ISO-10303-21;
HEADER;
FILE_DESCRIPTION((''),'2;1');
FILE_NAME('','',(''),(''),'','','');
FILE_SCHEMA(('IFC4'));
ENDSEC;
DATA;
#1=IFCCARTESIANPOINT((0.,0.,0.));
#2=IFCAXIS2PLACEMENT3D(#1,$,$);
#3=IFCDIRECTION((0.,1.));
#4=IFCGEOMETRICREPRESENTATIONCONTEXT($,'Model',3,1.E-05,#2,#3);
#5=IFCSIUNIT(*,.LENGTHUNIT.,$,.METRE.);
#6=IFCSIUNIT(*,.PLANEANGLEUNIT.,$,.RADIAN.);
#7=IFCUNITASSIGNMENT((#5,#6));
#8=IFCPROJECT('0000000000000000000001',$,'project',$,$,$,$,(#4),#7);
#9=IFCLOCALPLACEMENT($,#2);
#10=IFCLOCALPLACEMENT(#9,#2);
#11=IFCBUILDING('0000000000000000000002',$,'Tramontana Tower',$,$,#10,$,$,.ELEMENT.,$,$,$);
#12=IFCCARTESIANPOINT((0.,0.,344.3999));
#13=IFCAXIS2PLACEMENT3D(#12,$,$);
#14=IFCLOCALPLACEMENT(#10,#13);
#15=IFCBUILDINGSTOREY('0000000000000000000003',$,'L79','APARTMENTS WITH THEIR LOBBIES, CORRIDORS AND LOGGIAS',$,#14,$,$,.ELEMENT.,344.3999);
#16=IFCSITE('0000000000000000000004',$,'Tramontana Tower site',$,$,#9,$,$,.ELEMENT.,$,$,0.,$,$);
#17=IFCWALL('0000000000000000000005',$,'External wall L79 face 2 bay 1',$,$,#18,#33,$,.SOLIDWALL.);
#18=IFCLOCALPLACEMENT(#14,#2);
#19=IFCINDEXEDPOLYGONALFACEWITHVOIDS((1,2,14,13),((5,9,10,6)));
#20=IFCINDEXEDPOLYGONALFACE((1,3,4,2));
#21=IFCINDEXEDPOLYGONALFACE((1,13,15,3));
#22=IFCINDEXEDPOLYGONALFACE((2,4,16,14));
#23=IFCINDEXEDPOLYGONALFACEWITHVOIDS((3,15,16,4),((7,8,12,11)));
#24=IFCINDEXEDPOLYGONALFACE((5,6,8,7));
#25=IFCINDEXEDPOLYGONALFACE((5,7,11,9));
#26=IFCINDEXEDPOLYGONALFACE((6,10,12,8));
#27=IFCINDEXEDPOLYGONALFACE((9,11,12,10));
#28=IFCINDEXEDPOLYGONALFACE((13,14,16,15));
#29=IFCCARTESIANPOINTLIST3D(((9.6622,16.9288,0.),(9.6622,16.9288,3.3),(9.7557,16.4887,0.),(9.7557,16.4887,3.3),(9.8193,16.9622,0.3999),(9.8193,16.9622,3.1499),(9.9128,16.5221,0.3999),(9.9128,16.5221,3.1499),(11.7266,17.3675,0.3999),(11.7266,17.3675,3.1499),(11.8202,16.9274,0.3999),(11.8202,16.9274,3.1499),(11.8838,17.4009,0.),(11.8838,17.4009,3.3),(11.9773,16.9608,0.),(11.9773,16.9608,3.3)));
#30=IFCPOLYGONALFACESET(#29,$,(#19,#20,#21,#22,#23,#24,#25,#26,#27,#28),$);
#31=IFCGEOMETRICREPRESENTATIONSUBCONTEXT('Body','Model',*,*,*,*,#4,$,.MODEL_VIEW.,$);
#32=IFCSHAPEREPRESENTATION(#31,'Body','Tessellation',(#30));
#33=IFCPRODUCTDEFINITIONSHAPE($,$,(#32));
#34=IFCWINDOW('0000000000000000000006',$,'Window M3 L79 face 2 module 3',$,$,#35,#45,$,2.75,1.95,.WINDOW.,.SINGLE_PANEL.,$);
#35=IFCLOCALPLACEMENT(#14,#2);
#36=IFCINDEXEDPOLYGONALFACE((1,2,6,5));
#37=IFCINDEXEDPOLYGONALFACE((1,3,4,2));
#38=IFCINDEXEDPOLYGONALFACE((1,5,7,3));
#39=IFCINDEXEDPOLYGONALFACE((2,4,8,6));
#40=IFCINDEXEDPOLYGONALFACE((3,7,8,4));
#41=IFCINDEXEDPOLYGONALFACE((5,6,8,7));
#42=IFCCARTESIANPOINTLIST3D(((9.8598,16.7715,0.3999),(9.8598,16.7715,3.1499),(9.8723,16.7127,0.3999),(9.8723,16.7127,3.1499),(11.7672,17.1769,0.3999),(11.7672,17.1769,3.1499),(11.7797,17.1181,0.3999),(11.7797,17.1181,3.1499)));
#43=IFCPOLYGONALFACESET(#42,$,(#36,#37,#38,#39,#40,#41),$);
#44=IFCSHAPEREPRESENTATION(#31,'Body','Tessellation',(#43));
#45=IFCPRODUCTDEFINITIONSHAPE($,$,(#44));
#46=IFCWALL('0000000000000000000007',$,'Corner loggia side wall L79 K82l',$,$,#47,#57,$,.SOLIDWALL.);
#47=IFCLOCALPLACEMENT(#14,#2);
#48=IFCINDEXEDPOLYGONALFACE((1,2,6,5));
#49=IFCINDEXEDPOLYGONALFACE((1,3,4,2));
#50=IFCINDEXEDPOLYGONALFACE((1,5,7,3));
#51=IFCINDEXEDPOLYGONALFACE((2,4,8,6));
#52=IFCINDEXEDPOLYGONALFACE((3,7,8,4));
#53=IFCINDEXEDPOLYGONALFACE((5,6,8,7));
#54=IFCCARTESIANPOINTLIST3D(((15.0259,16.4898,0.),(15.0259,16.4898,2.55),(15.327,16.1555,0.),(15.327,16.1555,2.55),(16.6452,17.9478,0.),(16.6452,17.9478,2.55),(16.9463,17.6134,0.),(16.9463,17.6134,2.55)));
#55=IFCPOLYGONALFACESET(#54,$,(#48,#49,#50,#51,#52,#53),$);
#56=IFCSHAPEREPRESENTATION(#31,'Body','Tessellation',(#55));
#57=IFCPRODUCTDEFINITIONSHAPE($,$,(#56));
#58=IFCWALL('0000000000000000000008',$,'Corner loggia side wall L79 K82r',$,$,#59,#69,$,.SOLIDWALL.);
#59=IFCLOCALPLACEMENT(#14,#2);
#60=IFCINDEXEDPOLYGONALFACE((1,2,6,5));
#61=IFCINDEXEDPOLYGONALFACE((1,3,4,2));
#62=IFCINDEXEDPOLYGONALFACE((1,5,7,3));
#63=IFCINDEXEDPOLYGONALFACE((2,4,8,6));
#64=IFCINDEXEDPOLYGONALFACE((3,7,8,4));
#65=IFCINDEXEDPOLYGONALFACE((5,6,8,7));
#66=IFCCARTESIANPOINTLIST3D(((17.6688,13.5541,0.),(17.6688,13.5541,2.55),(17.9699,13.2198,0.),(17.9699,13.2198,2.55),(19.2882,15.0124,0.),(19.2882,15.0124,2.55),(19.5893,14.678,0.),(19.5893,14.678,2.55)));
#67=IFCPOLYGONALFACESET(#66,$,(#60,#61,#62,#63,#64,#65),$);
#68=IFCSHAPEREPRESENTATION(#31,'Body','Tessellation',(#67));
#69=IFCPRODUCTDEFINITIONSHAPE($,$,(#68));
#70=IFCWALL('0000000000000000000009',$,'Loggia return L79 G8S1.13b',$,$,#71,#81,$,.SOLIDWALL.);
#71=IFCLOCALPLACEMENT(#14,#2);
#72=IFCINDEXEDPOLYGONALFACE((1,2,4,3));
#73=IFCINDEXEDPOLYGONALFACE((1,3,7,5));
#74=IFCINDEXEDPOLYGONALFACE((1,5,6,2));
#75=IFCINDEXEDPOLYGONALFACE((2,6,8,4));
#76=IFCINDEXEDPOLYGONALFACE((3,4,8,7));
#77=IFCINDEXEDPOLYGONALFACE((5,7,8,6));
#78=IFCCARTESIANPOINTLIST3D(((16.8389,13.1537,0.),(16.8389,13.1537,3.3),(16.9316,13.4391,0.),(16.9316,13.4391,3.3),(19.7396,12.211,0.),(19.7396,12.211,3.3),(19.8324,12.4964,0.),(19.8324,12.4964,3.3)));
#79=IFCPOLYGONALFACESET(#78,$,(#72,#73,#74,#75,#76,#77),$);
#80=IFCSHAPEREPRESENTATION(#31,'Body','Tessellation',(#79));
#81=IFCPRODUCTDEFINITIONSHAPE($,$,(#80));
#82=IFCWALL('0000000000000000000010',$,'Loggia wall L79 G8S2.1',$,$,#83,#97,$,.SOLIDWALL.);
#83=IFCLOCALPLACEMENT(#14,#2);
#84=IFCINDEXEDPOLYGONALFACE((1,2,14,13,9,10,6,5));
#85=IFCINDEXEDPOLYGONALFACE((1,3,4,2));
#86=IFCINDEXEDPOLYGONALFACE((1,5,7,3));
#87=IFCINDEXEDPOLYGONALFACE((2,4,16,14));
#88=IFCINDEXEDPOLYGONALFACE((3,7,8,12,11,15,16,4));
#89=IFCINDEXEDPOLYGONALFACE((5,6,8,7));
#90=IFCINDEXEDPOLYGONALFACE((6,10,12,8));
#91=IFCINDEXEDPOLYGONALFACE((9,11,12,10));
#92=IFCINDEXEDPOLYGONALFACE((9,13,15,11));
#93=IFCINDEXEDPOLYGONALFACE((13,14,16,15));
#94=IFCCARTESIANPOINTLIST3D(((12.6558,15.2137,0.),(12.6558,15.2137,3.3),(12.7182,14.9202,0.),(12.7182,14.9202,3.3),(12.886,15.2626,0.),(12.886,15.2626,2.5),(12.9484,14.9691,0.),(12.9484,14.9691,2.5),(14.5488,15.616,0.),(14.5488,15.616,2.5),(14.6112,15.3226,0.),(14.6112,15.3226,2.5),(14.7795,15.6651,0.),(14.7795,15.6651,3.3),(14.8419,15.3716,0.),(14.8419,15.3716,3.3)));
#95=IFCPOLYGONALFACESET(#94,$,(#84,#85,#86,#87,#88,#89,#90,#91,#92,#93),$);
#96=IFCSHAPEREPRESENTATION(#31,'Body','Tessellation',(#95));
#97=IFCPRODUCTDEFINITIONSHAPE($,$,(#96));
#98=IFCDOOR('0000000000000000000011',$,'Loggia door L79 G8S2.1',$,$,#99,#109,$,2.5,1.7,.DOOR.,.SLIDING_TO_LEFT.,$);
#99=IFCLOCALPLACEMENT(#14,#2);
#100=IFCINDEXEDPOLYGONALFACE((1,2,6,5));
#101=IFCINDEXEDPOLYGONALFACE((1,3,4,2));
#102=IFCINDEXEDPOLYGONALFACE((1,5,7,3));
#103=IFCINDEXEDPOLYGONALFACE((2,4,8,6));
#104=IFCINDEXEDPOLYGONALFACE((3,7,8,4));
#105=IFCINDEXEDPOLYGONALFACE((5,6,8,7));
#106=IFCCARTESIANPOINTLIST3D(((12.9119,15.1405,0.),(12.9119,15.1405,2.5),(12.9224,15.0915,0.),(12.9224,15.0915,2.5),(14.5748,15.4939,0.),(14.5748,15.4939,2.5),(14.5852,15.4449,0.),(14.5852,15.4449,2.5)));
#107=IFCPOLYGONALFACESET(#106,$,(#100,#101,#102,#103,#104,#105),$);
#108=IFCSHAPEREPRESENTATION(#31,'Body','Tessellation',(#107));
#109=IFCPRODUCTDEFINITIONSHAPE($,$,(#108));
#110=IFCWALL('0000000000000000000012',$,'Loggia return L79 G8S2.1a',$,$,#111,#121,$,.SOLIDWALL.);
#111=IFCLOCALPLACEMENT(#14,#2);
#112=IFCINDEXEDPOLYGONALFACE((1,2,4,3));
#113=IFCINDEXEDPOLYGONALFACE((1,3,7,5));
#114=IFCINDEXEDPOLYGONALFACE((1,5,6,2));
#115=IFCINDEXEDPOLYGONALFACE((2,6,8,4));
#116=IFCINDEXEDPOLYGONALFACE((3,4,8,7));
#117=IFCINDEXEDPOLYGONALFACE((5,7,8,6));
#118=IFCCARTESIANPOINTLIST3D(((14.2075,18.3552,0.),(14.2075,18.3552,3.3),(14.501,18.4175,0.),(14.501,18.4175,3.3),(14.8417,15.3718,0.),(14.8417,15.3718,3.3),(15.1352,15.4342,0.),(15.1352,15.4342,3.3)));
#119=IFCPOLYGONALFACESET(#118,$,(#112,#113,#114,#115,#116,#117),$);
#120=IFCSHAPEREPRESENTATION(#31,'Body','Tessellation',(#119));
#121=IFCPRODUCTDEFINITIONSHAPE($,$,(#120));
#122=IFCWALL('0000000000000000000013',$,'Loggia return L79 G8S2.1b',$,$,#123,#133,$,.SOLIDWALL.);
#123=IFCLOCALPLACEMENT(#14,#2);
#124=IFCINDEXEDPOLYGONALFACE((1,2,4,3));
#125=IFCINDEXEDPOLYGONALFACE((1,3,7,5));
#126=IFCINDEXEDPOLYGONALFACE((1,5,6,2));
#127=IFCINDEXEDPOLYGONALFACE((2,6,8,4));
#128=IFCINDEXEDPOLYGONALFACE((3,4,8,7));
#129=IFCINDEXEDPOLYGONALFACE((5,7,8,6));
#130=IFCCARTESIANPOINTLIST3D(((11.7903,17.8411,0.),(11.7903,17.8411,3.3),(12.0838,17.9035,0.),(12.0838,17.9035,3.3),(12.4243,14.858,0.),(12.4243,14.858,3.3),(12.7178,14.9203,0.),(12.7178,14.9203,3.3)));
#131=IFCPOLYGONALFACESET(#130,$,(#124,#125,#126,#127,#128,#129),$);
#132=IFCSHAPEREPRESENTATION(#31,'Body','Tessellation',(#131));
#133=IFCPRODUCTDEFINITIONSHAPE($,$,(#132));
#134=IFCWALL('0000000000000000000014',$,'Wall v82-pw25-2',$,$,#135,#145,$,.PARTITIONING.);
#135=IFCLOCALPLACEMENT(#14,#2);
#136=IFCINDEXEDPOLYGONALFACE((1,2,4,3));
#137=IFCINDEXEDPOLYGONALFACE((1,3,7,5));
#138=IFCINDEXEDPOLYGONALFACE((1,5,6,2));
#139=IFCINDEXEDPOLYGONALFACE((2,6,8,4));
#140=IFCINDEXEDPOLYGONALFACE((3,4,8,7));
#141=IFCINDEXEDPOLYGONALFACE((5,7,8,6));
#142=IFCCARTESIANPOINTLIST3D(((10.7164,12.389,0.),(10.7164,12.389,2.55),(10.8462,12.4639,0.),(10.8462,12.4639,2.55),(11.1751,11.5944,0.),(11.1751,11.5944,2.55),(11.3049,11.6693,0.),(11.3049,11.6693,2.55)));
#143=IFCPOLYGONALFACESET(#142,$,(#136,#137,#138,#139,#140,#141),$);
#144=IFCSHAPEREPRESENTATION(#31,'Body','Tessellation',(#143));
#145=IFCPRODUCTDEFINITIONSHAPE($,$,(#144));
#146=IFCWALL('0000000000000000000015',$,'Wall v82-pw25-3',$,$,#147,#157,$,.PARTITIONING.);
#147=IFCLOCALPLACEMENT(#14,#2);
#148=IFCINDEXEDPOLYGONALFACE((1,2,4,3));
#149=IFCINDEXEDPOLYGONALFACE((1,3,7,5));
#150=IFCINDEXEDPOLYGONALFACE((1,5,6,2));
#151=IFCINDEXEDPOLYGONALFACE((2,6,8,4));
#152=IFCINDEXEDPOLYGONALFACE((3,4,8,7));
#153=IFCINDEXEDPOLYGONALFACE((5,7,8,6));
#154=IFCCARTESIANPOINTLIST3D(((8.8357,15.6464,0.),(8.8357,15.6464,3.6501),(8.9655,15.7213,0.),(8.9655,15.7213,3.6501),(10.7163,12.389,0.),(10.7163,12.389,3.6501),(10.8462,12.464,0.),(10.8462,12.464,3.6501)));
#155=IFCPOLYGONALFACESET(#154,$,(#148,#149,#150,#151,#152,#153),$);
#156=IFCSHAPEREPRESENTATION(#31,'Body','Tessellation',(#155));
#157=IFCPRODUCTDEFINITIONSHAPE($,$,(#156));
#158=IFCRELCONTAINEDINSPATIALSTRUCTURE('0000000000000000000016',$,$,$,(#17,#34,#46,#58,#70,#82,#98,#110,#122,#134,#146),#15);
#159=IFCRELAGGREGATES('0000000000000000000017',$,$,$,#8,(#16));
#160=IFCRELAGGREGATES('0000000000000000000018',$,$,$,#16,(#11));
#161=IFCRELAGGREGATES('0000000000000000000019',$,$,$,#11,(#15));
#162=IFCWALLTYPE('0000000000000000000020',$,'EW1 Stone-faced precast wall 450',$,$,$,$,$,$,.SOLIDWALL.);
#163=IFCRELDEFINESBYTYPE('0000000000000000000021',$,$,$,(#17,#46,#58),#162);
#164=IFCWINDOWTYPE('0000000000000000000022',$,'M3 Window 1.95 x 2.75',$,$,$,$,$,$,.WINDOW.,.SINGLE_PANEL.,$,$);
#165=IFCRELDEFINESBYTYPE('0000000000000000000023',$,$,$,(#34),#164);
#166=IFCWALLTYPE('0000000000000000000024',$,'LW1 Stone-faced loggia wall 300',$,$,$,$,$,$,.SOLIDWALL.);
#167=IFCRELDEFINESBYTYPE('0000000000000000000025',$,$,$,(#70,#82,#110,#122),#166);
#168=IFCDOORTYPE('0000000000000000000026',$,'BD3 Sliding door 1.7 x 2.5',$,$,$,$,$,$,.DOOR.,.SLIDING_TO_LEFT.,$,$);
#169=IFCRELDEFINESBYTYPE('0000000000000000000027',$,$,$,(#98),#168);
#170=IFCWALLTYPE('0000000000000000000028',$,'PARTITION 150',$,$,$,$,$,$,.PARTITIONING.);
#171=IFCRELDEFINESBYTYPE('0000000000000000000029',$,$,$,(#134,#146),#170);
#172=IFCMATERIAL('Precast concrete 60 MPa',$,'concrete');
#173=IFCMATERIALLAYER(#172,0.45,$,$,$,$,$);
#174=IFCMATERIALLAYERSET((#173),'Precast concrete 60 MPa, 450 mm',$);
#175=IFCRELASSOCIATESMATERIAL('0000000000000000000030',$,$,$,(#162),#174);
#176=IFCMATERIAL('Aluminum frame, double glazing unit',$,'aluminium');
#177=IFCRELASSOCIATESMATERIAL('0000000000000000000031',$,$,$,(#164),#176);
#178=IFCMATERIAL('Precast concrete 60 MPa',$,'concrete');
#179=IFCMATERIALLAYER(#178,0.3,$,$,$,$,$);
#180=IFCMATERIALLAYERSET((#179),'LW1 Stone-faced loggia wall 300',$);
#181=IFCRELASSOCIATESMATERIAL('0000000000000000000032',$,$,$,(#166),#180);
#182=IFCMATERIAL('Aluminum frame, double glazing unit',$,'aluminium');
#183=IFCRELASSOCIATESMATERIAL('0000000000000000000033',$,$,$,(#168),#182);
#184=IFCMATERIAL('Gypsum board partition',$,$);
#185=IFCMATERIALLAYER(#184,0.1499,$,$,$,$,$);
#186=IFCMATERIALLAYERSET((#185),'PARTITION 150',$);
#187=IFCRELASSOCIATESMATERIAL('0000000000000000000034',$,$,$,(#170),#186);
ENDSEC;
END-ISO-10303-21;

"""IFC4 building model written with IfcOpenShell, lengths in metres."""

from ifc_helpers import new_model, si_unit, direction, frame, frame_2d, origin, place, context, subcontext, project, spatial, rectangle, extrude, material, layer, layer_set, type_object, element, fill, save


model = new_model("IFC4")

# Units and contexts
model_context = context("Model", 3, precision=1e-05, world=origin(), true_north=direction((0.0, 1.0)))
body_context = subcontext(model_context, "Body", "Model", "MODEL_VIEW")
ifc_project = project(units=[si_unit("LENGTHUNIT", "METRE"), si_unit("PLANEANGLEUNIT", "RADIAN")], contexts=[model_context])

# Site, building, storey
site_placement = place(None, origin())
site = spatial("IfcSite", under=ifc_project, at=site_placement, Name="Tramontana Tower site", CompositionType="ELEMENT", RefElevation=0.0)
building_placement = place(site_placement, origin())
building = spatial("IfcBuilding", under=site, at=building_placement, Name="Tramontana Tower", CompositionType="ELEMENT")
storey_placement = place(building_placement, frame((0.0, 0.0, 344.3999)))
storey = spatial("IfcBuildingStorey", under=building, at=storey_placement, Name="L79", Description="APARTMENTS WITH THEIR LOBBIES, CORRIDORS AND LOGGIAS", CompositionType="ELEMENT", Elevation=344.3999)

# Wall, opening, window
ifc_material_1 = material(Name="Precast concrete 60 MPa", Category="concrete")
ifc_layer_1 = layer(ifc_material_1, 0.45)
ifc_layer_set_1 = layer_set([ifc_layer_1], Name="Precast concrete 60 MPa, 450 mm")
wall_type_1 = type_object("IfcWallType", Name="EW1 Stone-faced precast wall 450", PredefinedType="SOLIDWALL", material=ifc_layer_set_1)
wall_1_placement = place(storey_placement, frame((11.9307, 17.1809, 0.0), z_axis=(0.0, 0.0, 1.0), x_axis=(-0.978153, -0.207884, 0.0)))
wall_1 = element("IfcWall", 1, at=wall_1_placement, inside=storey, type_object=wall_type_1, Name="External wall L79 face 2 bay 1", PredefinedType="SOLIDWALL", context=body_context, shape_type="SweptSolid", body=[
    extrude(rectangle(XDim=2.2712, YDim=0.45, at=frame_2d((1.1357, 0.0))), origin(), (0.0, 0.0, 1.0), 3.3),
])
opening_1_placement = place(wall_1_placement, frame((0.1606, 0.0, 0.3999)))
opening_1 = element("IfcOpeningElement", 2, at=opening_1_placement, cuts=wall_1, PredefinedType="OPENING", context=body_context, shape_type="SweptSolid", body=[
    extrude(rectangle(XDim=1.95, YDim=2.75, at=frame_2d((0.9751, 1.375))), frame((0.0, 0.2349, 0.0), z_axis=(0.0, -1.0, 0.0), x_axis=(1.0, 0.0, 0.0)), (0.0, 0.0, 1.0), 0.47),
])
ifc_material_2 = material(Name="Aluminum frame, double glazing unit", Category="aluminium")
window_type_1 = type_object("IfcWindowType", Name="M3 Window 1.95 x 2.75", PartitioningType="SINGLE_PANEL", PredefinedType="WINDOW", material=ifc_material_2)
window_1_placement = place(opening_1_placement, origin())
window_1 = element("IfcWindow", 3, at=window_1_placement, inside=storey, type_object=window_type_1, Name="Window M3 L79 face 2 module 3", OverallHeight=2.75, OverallWidth=1.95, PartitioningType="SINGLE_PANEL", PredefinedType="WINDOW", context=body_context, shape_type="SweptSolid", body=[
    extrude(rectangle(XDim=1.95, YDim=2.75, at=frame_2d((0.9751, 1.375))), frame((0.0, 0.03, 0.0), z_axis=(0.0, -1.0, 0.0), x_axis=(1.0, 0.0, 0.0)), (0.0, 0.0, 1.0), 0.0601),
])
fill(opening_1, window_1)

# Walls
wall_2_placement = place(storey_placement, frame((16.7957, 17.7805, 0.0), z_axis=(0.0, 0.0, 1.0), x_axis=(-0.743166, -0.669107, 0.0)))
element("IfcWall", 4, at=wall_2_placement, inside=storey, type_object=wall_type_1, Name="Corner loggia side wall L79 K82l", PredefinedType="SOLIDWALL", context=body_context, shape_type="SweptSolid", body=[
    extrude(rectangle(XDim=2.179, YDim=0.45, at=frame_2d((1.0894, 0.0))), origin(), (0.0, 0.0, 1.0), 2.55),
])
wall_3_placement = place(storey_placement, frame((19.4387, 14.8452, 0.0), z_axis=(0.0, 0.0, 1.0), x_axis=(-0.74311, -0.669169, 0.0)))
element("IfcWall", 5, at=wall_3_placement, inside=storey, type_object=wall_type_1, Name="Corner loggia side wall L79 K82r", PredefinedType="SOLIDWALL", context=body_context, shape_type="SweptSolid", body=[
    extrude(rectangle(XDim=2.1792, YDim=0.45, at=frame_2d((1.0896, 0.0))), origin(), (0.0, 0.0, 1.0), 2.55),
])

# Wall
ifc_material_3 = material(Name="Precast concrete 60 MPa", Category="concrete")
ifc_layer_2 = layer(ifc_material_3, 0.3)
ifc_layer_set_2 = layer_set([ifc_layer_2], Name="LW1 Stone-faced loggia wall 300")
wall_type_2 = type_object("IfcWallType", Name="LW1 Stone-faced loggia wall 300", PredefinedType="SOLIDWALL", material=ifc_layer_set_2)
wall_4_placement = place(storey_placement, frame((19.7859, 12.3538, 0.0), z_axis=(0.0, 0.0, 1.0), x_axis=(-0.951042, 0.309063, 0.0)))
element("IfcWall", 6, at=wall_4_placement, inside=storey, type_object=wall_type_2, Name="Loggia return L79 G8S1.13b", PredefinedType="SOLIDWALL", context=body_context, shape_type="SweptSolid", body=[
    extrude(rectangle(XDim=3.05, YDim=0.3, at=frame_2d((1.5249, 0.0))), origin(), (0.0, 0.0, 1.0), 3.3),
])

# Wall, opening, door
wall_5_placement = place(storey_placement, frame((14.8105, 15.5183, 0.0), z_axis=(0.0, 0.0, 1.0), x_axis=(-0.978148, -0.207909, 0.0)))
wall_5 = element("IfcWall", 7, at=wall_5_placement, inside=storey, type_object=wall_type_2, Name="Loggia wall L79 G8S2.1", PredefinedType="SOLIDWALL", context=body_context, shape_type="SweptSolid", body=[
    extrude(rectangle(XDim=2.1711, YDim=0.3, at=frame_2d((1.0854, 0.0))), origin(), (0.0, 0.0, 1.0), 3.3),
])
opening_2_placement = place(wall_5_placement, frame((0.2356, 0.0, 0.0)))
opening_2 = element("IfcOpeningElement", 8, at=opening_2_placement, cuts=wall_5, PredefinedType="OPENING", context=body_context, shape_type="SweptSolid", body=[
    extrude(rectangle(XDim=1.7, YDim=2.5, at=frame_2d((0.8501, 1.25))), frame((0.0, 0.1599, 0.0), z_axis=(0.0, -1.0, 0.0), x_axis=(1.0, 0.0, 0.0)), (0.0, 0.0, 1.0), 0.3201),
])
ifc_material_4 = material(Name="Aluminum frame, double glazing unit", Category="aluminium")
door_type_1 = type_object("IfcDoorType", Name="BD3 Sliding door 1.7 x 2.5", OperationType="SLIDING_TO_LEFT", PredefinedType="DOOR", material=ifc_material_4)
door_1_placement = place(opening_2_placement, origin())
door_1 = element("IfcDoor", 9, at=door_1_placement, inside=storey, type_object=door_type_1, Name="Loggia door L79 G8S2.1", OperationType="SLIDING_TO_LEFT", OverallHeight=2.5, OverallWidth=1.7, PredefinedType="DOOR", context=body_context, shape_type="SweptSolid", body=[
    extrude(rectangle(XDim=1.7, YDim=2.5, at=frame_2d((0.8501, 1.25))), frame((0.0, 0.0249, 0.0), z_axis=(0.0, -1.0, 0.0), x_axis=(1.0, 0.0, 0.0)), (0.0, 0.0, 1.0), 0.05),
])
fill(opening_2, door_1)

# Walls
wall_6_placement = place(storey_placement, frame((14.3542, 18.3862, 0.0), z_axis=(0.0, 0.0, 1.0), x_axis=(0.207954, -0.978139, 0.0)))
element("IfcWall", 10, at=wall_6_placement, inside=storey, type_object=wall_type_2, Name="Loggia return L79 G8S2.1a", PredefinedType="SOLIDWALL", context=body_context, shape_type="SweptSolid", body=[
    extrude(rectangle(XDim=3.05, YDim=0.3, at=frame_2d((1.5249, 0.0))), origin(), (0.0, 0.0, 1.0), 3.3),
])
wall_7_placement = place(storey_placement, frame((11.937, 17.8723, 0.0), z_axis=(0.0, 0.0, 1.0), x_axis=(0.207894, -0.978151, 0.0)))
element("IfcWall", 11, at=wall_7_placement, inside=storey, type_object=wall_type_2, Name="Loggia return L79 G8S2.1b", PredefinedType="SOLIDWALL", context=body_context, shape_type="SweptSolid", body=[
    extrude(rectangle(XDim=3.0498, YDim=0.3, at=frame_2d((1.5249, 0.0))), origin(), (0.0, 0.0, 1.0), 3.3),
])
ifc_material_5 = material(Name="Gypsum board partition")
ifc_layer_3 = layer(ifc_material_5, 0.1499)
ifc_layer_set_3 = layer_set([ifc_layer_3], Name="PARTITION 150")
wall_type_3 = type_object("IfcWallType", Name="PARTITION 150", PredefinedType="PARTITIONING", material=ifc_layer_set_3)
wall_8_placement = place(storey_placement, frame((11.24, 11.6318, 0.0), z_axis=(0.0, 0.0, 1.0), x_axis=(-0.499945, 0.866057, 0.0)))
element("IfcWall", 12, at=wall_8_placement, inside=storey, type_object=wall_type_3, Name="Wall v82-pw25-2", PredefinedType="PARTITIONING", context=body_context, shape_type="SweptSolid", body=[
    extrude(rectangle(XDim=0.9175, YDim=0.1499, at=frame_2d((0.4587, 0.0))), origin(), (0.0, 0.0, 1.0), 2.55),
])
wall_9_placement = place(storey_placement, frame((10.7812, 12.4265, 0.0), z_axis=(0.0, 0.0, 1.0), x_axis=(-0.5, 0.866026, 0.0)))
element("IfcWall", 13, at=wall_9_placement, inside=storey, type_object=wall_type_3, Name="Wall v82-pw25-3", PredefinedType="PARTITIONING", context=body_context, shape_type="SweptSolid", body=[
    extrude(rectangle(XDim=3.7612, YDim=0.1499, at=frame_2d((1.8806, 0.0))), origin(), (0.0, 0.0, 1.0), 3.6501),
])

save(model, "model.ifc")
